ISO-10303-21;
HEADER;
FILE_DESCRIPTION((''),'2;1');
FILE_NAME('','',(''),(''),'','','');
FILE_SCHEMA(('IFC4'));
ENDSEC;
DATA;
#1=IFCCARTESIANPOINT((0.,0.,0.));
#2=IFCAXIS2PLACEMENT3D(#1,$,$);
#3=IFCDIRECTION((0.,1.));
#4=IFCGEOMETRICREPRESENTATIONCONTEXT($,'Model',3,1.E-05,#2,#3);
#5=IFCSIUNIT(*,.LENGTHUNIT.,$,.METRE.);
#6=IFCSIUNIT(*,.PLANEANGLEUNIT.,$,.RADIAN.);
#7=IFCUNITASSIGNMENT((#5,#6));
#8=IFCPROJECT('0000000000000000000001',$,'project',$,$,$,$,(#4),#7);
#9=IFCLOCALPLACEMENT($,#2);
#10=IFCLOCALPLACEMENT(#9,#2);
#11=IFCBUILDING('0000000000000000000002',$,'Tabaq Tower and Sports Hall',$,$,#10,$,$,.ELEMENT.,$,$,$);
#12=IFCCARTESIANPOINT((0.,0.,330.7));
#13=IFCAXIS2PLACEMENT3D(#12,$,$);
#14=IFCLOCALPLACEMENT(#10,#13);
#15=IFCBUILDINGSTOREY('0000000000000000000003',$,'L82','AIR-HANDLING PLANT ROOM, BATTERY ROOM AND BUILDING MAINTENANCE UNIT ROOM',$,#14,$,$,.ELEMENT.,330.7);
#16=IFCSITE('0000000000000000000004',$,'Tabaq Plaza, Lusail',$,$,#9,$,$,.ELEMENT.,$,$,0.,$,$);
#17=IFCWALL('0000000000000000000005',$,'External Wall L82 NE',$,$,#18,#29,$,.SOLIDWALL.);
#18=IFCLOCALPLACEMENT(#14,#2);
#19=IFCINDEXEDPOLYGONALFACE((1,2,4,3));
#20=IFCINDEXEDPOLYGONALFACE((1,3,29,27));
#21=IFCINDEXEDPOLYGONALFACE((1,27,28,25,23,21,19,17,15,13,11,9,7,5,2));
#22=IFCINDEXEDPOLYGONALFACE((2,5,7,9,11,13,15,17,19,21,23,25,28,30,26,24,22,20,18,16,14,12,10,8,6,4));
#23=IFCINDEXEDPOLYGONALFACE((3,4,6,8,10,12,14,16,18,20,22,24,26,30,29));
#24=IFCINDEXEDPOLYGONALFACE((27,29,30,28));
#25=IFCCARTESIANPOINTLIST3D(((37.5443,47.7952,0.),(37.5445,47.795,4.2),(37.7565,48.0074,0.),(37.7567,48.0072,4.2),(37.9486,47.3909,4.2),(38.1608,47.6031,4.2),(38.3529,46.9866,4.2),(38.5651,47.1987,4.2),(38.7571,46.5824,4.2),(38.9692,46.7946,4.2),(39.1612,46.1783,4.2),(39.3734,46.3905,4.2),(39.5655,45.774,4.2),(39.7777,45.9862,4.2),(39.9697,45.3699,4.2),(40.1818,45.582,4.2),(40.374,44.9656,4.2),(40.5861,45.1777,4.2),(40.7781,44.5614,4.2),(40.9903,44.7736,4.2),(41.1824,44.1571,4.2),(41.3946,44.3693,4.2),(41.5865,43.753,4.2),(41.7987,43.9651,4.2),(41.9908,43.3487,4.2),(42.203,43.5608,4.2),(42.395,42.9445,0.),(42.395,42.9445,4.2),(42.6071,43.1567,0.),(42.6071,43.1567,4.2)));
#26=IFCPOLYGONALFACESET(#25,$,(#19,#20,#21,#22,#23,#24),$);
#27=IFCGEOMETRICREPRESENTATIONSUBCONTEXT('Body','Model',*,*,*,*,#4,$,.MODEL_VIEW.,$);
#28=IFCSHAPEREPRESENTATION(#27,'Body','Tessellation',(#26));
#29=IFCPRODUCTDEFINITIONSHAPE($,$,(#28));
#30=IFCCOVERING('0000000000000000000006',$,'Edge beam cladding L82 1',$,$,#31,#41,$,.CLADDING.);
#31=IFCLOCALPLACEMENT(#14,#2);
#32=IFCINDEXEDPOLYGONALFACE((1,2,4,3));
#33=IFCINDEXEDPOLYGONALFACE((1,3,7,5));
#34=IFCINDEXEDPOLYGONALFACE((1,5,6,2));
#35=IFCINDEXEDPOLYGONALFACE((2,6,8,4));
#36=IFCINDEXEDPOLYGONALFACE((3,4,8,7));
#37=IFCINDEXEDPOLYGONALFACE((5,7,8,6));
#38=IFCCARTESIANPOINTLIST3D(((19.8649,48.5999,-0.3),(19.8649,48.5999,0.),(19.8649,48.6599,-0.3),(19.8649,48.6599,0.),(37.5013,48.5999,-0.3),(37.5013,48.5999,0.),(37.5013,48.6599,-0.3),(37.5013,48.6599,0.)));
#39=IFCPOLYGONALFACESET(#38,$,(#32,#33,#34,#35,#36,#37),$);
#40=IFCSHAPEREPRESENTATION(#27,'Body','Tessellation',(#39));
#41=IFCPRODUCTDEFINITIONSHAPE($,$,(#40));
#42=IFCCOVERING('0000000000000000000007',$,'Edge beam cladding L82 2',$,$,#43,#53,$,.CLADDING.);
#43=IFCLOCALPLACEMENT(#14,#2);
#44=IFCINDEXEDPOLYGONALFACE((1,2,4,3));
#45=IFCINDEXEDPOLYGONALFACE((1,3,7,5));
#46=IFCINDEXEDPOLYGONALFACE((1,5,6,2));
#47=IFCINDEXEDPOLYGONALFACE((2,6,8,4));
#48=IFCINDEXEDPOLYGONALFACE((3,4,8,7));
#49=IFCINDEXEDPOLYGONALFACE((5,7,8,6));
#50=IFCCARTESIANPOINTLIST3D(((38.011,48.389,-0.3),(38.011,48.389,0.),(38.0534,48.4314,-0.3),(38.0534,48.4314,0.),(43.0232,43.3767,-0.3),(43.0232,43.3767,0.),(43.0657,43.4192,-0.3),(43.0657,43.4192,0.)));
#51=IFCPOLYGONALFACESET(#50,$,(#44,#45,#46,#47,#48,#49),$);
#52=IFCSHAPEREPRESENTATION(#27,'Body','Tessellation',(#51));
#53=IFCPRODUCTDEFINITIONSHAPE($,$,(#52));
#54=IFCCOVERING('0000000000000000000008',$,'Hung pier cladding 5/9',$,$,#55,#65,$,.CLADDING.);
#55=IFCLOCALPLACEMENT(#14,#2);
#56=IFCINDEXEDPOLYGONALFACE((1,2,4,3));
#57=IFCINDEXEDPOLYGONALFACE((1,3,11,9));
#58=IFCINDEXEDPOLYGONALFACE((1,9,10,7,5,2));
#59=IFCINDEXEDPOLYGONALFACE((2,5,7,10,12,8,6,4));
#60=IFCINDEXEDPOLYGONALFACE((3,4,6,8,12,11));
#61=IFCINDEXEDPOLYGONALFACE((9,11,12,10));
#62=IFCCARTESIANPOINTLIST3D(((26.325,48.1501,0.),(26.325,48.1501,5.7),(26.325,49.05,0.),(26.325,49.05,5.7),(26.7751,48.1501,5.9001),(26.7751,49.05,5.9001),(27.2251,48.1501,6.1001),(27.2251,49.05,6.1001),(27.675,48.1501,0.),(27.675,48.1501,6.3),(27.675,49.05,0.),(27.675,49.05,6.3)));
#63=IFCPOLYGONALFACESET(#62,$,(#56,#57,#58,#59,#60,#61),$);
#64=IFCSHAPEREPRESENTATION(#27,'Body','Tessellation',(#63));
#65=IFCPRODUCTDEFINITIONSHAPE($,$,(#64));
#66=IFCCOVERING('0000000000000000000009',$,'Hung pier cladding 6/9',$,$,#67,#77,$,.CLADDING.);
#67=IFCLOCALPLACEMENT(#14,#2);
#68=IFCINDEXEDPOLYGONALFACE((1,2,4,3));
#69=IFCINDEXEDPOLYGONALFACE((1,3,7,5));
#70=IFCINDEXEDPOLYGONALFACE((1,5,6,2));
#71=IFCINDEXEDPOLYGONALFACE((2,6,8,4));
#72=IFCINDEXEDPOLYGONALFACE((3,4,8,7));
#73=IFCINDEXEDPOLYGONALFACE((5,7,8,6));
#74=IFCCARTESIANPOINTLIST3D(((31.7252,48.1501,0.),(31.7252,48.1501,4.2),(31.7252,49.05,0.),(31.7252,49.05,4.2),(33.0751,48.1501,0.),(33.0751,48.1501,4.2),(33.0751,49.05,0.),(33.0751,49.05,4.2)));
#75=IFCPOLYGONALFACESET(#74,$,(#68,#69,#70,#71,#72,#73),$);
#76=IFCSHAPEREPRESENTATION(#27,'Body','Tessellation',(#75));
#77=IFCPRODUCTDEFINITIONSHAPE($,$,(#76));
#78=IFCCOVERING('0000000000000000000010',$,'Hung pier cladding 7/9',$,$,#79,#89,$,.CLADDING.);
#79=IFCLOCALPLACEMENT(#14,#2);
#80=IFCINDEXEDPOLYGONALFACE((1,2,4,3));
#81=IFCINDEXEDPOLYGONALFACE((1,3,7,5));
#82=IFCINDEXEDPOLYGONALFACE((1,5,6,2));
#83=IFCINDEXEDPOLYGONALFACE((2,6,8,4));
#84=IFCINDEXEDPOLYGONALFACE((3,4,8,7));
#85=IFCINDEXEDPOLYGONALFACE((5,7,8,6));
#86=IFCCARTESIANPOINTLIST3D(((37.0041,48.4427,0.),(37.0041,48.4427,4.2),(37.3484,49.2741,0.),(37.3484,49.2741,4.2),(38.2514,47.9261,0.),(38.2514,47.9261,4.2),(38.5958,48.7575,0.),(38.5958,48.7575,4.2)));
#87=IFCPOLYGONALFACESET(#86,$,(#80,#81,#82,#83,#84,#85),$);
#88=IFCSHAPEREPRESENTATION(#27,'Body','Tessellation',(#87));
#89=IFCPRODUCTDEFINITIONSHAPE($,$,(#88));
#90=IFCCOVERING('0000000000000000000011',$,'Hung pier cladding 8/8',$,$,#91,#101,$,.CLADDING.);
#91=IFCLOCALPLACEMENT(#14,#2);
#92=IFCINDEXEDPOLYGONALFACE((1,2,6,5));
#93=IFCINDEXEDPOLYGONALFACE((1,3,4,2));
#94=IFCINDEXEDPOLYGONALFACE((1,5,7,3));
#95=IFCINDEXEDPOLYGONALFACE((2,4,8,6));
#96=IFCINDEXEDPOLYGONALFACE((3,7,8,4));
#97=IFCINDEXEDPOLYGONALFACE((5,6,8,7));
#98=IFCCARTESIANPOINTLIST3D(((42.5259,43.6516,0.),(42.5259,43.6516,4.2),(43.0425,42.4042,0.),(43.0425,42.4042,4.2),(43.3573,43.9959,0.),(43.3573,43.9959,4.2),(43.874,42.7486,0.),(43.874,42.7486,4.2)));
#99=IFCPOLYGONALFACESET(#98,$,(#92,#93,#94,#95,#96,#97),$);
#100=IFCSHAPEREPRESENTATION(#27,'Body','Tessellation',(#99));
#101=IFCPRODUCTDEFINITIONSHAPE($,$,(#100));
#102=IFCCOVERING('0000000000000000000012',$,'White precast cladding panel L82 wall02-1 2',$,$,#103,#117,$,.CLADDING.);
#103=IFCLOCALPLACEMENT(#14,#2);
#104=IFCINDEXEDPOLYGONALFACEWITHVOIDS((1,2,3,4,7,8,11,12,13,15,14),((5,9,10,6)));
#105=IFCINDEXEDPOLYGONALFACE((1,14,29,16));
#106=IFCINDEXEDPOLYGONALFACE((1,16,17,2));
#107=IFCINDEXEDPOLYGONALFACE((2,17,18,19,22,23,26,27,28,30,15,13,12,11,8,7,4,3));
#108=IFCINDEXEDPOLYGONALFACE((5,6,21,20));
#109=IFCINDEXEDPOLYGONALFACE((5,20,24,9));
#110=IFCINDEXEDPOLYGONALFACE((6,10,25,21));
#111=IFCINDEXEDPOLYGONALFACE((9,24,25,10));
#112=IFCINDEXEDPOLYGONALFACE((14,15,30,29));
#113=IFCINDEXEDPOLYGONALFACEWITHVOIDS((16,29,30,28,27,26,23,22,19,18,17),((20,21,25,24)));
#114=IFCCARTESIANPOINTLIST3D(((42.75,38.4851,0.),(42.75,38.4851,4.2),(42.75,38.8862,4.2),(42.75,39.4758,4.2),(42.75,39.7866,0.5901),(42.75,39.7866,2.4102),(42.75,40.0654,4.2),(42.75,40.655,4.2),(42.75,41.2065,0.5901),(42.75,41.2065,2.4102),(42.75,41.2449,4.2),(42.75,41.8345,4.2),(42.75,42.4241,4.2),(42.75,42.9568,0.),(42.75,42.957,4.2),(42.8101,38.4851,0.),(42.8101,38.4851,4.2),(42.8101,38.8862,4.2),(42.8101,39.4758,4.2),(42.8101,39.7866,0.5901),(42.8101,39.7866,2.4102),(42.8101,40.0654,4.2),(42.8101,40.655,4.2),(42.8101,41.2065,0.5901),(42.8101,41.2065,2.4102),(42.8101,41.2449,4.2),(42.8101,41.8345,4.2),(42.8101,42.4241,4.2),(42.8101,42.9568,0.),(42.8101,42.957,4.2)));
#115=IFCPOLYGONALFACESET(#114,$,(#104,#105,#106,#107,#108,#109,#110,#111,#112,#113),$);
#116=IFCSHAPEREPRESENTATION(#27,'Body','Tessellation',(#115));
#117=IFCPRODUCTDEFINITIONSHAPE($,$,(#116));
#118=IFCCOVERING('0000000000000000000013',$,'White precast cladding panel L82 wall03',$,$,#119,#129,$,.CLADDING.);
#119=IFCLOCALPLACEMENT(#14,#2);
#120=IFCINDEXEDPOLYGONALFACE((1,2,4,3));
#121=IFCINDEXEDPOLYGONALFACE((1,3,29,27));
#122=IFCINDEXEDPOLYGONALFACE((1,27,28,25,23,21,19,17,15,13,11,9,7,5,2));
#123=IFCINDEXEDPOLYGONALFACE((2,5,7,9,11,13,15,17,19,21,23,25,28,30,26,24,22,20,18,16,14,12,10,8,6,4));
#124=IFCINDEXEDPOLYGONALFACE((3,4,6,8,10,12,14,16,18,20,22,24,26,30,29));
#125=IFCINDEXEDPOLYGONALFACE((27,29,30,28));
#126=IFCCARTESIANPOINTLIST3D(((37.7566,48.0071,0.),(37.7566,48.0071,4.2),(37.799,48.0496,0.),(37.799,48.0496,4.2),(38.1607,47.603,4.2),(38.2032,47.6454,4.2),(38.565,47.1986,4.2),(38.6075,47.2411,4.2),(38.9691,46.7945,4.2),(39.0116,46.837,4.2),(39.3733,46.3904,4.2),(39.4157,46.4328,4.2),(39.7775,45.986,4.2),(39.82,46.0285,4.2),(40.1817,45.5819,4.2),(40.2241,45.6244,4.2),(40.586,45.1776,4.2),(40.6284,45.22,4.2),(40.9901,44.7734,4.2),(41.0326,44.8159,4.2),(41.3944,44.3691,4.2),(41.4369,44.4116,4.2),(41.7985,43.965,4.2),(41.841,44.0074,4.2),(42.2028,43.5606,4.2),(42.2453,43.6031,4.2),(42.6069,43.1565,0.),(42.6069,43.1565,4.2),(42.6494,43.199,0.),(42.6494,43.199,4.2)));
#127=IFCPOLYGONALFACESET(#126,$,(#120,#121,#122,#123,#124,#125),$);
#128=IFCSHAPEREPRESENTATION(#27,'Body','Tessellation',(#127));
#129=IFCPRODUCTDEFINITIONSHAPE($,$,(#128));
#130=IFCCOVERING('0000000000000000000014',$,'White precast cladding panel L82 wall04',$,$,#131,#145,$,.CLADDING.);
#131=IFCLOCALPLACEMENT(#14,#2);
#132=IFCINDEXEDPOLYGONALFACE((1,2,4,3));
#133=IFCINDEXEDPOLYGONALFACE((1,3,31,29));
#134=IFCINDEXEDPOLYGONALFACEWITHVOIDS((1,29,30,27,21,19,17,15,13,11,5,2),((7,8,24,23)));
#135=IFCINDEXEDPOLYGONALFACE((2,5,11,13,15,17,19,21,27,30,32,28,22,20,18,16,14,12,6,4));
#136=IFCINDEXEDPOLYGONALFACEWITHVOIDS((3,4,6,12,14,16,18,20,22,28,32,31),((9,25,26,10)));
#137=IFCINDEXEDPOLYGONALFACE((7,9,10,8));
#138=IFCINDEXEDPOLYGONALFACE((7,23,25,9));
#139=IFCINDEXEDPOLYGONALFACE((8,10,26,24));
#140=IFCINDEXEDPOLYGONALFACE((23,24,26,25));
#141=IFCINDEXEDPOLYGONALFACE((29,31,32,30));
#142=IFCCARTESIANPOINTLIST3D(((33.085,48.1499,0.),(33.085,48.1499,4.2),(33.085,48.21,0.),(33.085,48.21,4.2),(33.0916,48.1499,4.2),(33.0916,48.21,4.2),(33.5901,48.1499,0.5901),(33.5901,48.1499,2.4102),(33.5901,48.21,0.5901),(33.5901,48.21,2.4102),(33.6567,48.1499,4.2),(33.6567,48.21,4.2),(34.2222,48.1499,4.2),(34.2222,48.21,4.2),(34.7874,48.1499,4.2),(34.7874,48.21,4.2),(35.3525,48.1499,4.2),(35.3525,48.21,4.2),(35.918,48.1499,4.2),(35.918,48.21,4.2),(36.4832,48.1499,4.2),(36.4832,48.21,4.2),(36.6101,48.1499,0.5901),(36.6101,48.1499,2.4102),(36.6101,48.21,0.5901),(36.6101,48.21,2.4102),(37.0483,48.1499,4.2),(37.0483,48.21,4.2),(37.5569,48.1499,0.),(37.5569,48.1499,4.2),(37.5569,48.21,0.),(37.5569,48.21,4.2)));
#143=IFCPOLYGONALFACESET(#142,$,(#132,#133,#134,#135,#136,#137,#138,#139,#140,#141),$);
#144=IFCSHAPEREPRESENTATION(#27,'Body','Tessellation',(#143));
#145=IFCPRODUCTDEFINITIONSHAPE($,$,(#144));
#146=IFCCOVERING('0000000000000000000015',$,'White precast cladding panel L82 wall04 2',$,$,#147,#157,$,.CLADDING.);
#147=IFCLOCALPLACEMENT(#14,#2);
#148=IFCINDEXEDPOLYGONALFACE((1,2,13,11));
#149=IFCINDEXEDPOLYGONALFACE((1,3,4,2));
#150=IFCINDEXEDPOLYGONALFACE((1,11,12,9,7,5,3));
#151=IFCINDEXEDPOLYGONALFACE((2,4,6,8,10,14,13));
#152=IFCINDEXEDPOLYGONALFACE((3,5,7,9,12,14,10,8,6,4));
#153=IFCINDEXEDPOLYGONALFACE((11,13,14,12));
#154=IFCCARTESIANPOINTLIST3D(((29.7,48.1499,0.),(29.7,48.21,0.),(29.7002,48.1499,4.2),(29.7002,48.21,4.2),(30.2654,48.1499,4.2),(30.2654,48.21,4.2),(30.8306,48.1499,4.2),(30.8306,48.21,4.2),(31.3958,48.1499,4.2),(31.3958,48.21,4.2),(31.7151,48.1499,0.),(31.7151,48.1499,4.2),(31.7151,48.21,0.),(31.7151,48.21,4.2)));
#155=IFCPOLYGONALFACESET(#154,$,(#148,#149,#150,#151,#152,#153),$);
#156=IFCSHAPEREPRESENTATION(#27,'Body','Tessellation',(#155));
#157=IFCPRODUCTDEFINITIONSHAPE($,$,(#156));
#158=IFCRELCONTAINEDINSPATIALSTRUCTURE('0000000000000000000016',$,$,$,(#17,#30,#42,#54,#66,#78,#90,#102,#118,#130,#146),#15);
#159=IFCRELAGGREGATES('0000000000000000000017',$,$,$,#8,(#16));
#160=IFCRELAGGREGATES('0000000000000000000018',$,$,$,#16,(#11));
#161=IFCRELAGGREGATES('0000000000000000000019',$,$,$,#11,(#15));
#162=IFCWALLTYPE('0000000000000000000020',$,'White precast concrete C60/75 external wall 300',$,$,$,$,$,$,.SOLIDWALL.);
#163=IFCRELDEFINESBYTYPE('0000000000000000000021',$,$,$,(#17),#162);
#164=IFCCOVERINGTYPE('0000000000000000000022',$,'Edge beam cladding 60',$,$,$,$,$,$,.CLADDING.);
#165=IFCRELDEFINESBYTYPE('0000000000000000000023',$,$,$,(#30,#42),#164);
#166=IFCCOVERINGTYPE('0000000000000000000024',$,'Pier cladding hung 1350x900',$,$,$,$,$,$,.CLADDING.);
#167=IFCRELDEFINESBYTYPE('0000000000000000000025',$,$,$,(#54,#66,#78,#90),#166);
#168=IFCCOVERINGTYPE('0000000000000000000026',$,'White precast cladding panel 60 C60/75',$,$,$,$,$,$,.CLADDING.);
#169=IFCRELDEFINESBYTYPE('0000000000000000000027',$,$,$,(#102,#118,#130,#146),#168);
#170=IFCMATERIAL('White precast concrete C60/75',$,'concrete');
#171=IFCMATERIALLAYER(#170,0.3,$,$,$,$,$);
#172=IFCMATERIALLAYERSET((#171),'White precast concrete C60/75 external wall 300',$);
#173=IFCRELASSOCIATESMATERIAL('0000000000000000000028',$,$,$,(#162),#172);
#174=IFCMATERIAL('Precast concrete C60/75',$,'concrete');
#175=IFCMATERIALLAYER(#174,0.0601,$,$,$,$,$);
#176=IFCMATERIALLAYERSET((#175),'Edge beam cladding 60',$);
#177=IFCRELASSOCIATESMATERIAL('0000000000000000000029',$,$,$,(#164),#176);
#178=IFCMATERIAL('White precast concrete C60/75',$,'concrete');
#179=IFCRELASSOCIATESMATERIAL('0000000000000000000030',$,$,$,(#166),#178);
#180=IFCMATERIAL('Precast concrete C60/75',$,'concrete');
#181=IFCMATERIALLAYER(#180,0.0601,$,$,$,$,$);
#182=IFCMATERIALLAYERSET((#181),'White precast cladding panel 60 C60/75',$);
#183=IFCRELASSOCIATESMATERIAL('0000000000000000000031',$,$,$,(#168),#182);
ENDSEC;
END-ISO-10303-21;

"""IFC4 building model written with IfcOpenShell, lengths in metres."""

from ifc_helpers import new_model, si_unit, direction, frame, frame_2d, origin, place, context, subcontext, project, spatial, polyline, rectangle, outline, extrude, material, layer, layer_set, type_object, element, save


model = new_model("IFC4")

# Units and contexts
model_context = context("Model", 3, precision=1e-05, world=origin(), true_north=direction((0.0, 1.0)))
body_context = subcontext(model_context, "Body", "Model", "MODEL_VIEW")
ifc_project = project(units=[si_unit("LENGTHUNIT", "METRE"), si_unit("PLANEANGLEUNIT", "RADIAN")], contexts=[model_context])

# Site, building, storey
site_placement = place(None, origin())
site = spatial("IfcSite", under=ifc_project, at=site_placement, Name="Tabaq Plaza, Lusail", CompositionType="ELEMENT", RefElevation=0.0)
building_placement = place(site_placement, origin())
building = spatial("IfcBuilding", under=site, at=building_placement, Name="Tabaq Tower and Sports Hall", CompositionType="ELEMENT")
storey_placement = place(building_placement, frame((0.0, 0.0, 330.7)))
storey = spatial("IfcBuildingStorey", under=building, at=storey_placement, Name="L82", Description="AIR-HANDLING PLANT ROOM, BATTERY ROOM AND BUILDING MAINTENANCE UNIT ROOM", CompositionType="ELEMENT", Elevation=330.7)

# Wall
ifc_material_1 = material(Name="White precast concrete C60/75", Category="concrete")
ifc_layer_1 = layer(ifc_material_1, 0.3)
ifc_layer_set_1 = layer_set([ifc_layer_1], Name="White precast concrete C60/75 external wall 300")
wall_type_1 = type_object("IfcWallType", Name="White precast concrete C60/75 external wall 300", PredefinedType="SOLIDWALL", material=ifc_layer_set_1)
wall_1_placement = place(storey_placement, frame((42.501, 43.0505, 0.0), z_axis=(0.0, 0.0, 1.0), x_axis=(-0.707107, 0.707107, 0.0)))
element("IfcWall", 1, at=wall_1_placement, inside=storey, type_object=wall_type_1, Name="External Wall L82 NE", PredefinedType="SOLIDWALL", context=body_context, shape_type="SweptSolid", body=[
    extrude(outline(polyline([(0.0, 0.0), (6.8599, 0.0), (6.8596, 4.2), (6.2881, 4.2), (5.7163, 4.2), (5.1448, 4.2), (4.5732, 4.2), (4.0015, 4.2), (3.4299, 4.2), (2.8582, 4.2), (2.2866, 4.2), (1.7148, 4.2), (1.1433, 4.2), (0.5715, 4.2), (0.0, 4.2), (0.0, 0.0)])), frame((0.0, 0.1499, 0.0), z_axis=(0.0, -1.0, 0.0), x_axis=(1.0, 0.0, 0.0)), (0.0, 0.0, 1.0), 0.3),
])

# Coverings
ifc_material_2 = material(Name="Precast concrete C60/75", Category="concrete")
ifc_layer_2 = layer(ifc_material_2, 0.0601)
ifc_layer_set_2 = layer_set([ifc_layer_2], Name="Edge beam cladding 60")
covering_type_1 = type_object("IfcCoveringType", Name="Edge beam cladding 60", PredefinedType="CLADDING", material=ifc_layer_set_2)
covering_1_placement = place(storey_placement, frame((37.5015, 48.6299, -0.3), z_axis=(0.0, 0.0, 1.0), x_axis=(-1.0, 0.0, 0.0)))
element("IfcCovering", 2, at=covering_1_placement, inside=storey, type_object=covering_type_1, Name="Edge beam cladding L82 1", PredefinedType="CLADDING", context=body_context, shape_type="SweptSolid", body=[
    extrude(rectangle(XDim=17.6365, YDim=0.0601, at=frame_2d((8.8184, 0.0))), origin(), (0.0, 0.0, 1.0), 0.3),
])
covering_2_placement = place(storey_placement, frame((43.0444, 43.3979, -0.3), z_axis=(0.0, 0.0, 1.0), x_axis=(-0.707107, 0.707107, 0.0)))
element("IfcCovering", 3, at=covering_2_placement, inside=storey, type_object=covering_type_1, Name="Edge beam cladding L82 2", PredefinedType="CLADDING", context=body_context, shape_type="SweptSolid", body=[
    extrude(rectangle(XDim=7.0884, YDim=0.0601, at=frame_2d((3.5442, 0.0))), origin(), (0.0, 0.0, 1.0), 0.3),
])
ifc_material_3 = material(Name="White precast concrete C60/75", Category="concrete")
covering_type_2 = type_object("IfcCoveringType", Name="Pier cladding hung 1350x900", PredefinedType="CLADDING", material=ifc_material_3)
covering_3_placement = place(storey_placement, frame((27.675, 48.6001, 0.0), z_axis=(0.0, 0.0, 1.0), x_axis=(-1.0, 0.0, 0.0)))
element("IfcCovering", 4, at=covering_3_placement, inside=storey, type_object=covering_type_2, Name="Hung pier cladding 5/9", PredefinedType="CLADDING", context=body_context, shape_type="SweptSolid", body=[
    extrude(outline(polyline([(0.0, 0.0), (1.3501, 0.0), (1.3501, 5.7), (0.8999, 5.9001), (0.45, 6.1001), (0.0, 6.3), (0.0, 0.0)])), frame((0.0, 0.45, 0.0), z_axis=(0.0, -1.0, 0.0), x_axis=(1.0, 0.0, 0.0)), (0.0, 0.0, 1.0), 0.8999),
])
covering_4_placement = place(storey_placement, frame((33.075, 48.6001, 0.0), z_axis=(0.0, 0.0, 1.0), x_axis=(-1.0, 0.0, 0.0)))
element("IfcCovering", 5, at=covering_4_placement, inside=storey, type_object=covering_type_2, Name="Hung pier cladding 6/9", PredefinedType="CLADDING", context=body_context, shape_type="SweptSolid", body=[
    extrude(rectangle(XDim=1.3499, YDim=0.8999, at=frame_2d((0.6748, 0.0))), origin(), (0.0, 0.0, 1.0), 4.2),
])
for number, where, z_axis, x_axis, name in (
    (6, (38.4236, 48.3418, 0.0), (0.0, 0.0, 1.0), (-0.923893, 0.38265, 0.0), "Hung pier cladding 7/9"),
    (7, (43.4583, 42.5764, 0.0), (0.0, 0.0, 1.0), (-0.38265, 0.923893, 0.0), "Hung pier cladding 8/8"),
):
    element("IfcCovering", number, at=place(storey_placement, frame(where, z_axis=z_axis, x_axis=x_axis)), inside=storey, type_object=covering_type_2, Name=name, PredefinedType="CLADDING", context=body_context, shape_type="SweptSolid", body=[
        extrude(rectangle(XDim=1.3501, YDim=0.8999, at=frame_2d((0.675, 0.0))), origin(), (0.0, 0.0, 1.0), 4.2),
    ])
ifc_material_4 = material(Name="Precast concrete C60/75", Category="concrete")
ifc_layer_3 = layer(ifc_material_4, 0.0601)
ifc_layer_set_3 = layer_set([ifc_layer_3], Name="White precast cladding panel 60 C60/75")
covering_type_3 = type_object("IfcCoveringType", Name="White precast cladding panel 60 C60/75", PredefinedType="CLADDING", material=ifc_layer_set_3)
covering_5_placement = place(storey_placement, frame((42.78, 38.4851, 0.0), z_axis=(0.0, 0.0, 1.0), x_axis=(0.0, 1.0, 0.0)))
element("IfcCovering", 8, at=covering_5_placement, inside=storey, type_object=covering_type_3, Name="White precast cladding panel L82 wall02-1 2", PredefinedType="CLADDING", context=body_context, shape_type="SweptSolid", body=[
    extrude(outline(polyline([(0.0, 0.0), (4.4717, 0.0), (4.4719, 4.2), (3.939, 4.2), (3.3494, 4.2), (2.7598, 4.2), (2.1699, 4.2), (1.5803, 4.2), (0.9907, 4.2), (0.4011, 4.2), (0.0, 4.2), (0.0, 0.0)]), holes=[polyline([(1.3015, 0.5901), (1.3015, 2.4102), (2.7214, 2.4102), (2.7214, 0.5901), (1.3015, 0.5901)])]), frame((0.0, 0.03, 0.0), z_axis=(0.0, -1.0, 0.0), x_axis=(1.0, 0.0, 0.0)), (0.0, 0.0, 1.0), 0.0601),
])
covering_6_placement = place(storey_placement, frame((42.6282, 43.1777, 0.0), z_axis=(0.0, 0.0, 1.0), x_axis=(-0.707089, 0.707125, 0.0)))
element("IfcCovering", 9, at=covering_6_placement, inside=storey, type_object=covering_type_3, Name="White precast cladding panel L82 wall03", PredefinedType="CLADDING", context=body_context, shape_type="SweptSolid", body=[
    extrude(outline(polyline([(0.0, 0.0), (6.8596, 0.0), (6.8596, 4.2), (6.2881, 4.2), (5.7163, 4.2), (5.1448, 4.2), (4.5732, 4.2), (4.0015, 4.2), (3.4299, 4.2), (2.8582, 4.2), (2.2866, 4.2), (1.7148, 4.2), (1.1433, 4.2), (0.5715, 4.2), (0.0, 4.2), (0.0, 0.0)])), frame((0.0, 0.03, 0.0), z_axis=(0.0, -1.0, 0.0), x_axis=(1.0, 0.0, 0.0)), (0.0, 0.0, 1.0), 0.0601),
])
covering_7_placement = place(storey_placement, frame((37.5569, 48.1799, 0.0), z_axis=(0.0, 0.0, 1.0), x_axis=(-1.0, 0.0, 0.0)))
element("IfcCovering", 10, at=covering_7_placement, inside=storey, type_object=covering_type_3, Name="White precast cladding panel L82 wall04", PredefinedType="CLADDING", context=body_context, shape_type="SweptSolid", body=[
    extrude(outline(polyline([(0.0, 0.0), (4.4719, 0.0), (4.4719, 4.2), (4.4653, 4.2), (3.9001, 4.2), (3.3347, 4.2), (2.7695, 4.2), (2.2043, 4.2), (1.6389, 4.2), (1.0737, 4.2), (0.5085, 4.2), (0.0, 4.2), (0.0, 0.0)]), holes=[polyline([(0.9468, 0.5901), (0.9468, 2.4102), (3.9668, 2.4102), (3.9668, 0.5901), (0.9468, 0.5901)])]), frame((0.0, 0.03, 0.0), z_axis=(0.0, -1.0, 0.0), x_axis=(1.0, 0.0, 0.0)), (0.0, 0.0, 1.0), 0.0601),
])
covering_8_placement = place(storey_placement, frame((31.7151, 48.1799, 0.0), z_axis=(0.0, 0.0, 1.0), x_axis=(-1.0, 0.0, 0.0)))
element("IfcCovering", 11, at=covering_8_placement, inside=storey, type_object=covering_type_3, Name="White precast cladding panel L82 wall04 2", PredefinedType="CLADDING", context=body_context, shape_type="SweptSolid", body=[
    extrude(outline(polyline([(0.0, 0.0), (2.0151, 0.0), (2.0149, 4.2), (1.4497, 4.2), (0.8845, 4.2), (0.3193, 4.2), (0.0, 4.2), (0.0, 0.0)])), frame((0.0, 0.03, 0.0), z_axis=(0.0, -1.0, 0.0), x_axis=(1.0, 0.0, 0.0)), (0.0, 0.0, 1.0), 0.0601),
])

save(model, "model.ifc")
